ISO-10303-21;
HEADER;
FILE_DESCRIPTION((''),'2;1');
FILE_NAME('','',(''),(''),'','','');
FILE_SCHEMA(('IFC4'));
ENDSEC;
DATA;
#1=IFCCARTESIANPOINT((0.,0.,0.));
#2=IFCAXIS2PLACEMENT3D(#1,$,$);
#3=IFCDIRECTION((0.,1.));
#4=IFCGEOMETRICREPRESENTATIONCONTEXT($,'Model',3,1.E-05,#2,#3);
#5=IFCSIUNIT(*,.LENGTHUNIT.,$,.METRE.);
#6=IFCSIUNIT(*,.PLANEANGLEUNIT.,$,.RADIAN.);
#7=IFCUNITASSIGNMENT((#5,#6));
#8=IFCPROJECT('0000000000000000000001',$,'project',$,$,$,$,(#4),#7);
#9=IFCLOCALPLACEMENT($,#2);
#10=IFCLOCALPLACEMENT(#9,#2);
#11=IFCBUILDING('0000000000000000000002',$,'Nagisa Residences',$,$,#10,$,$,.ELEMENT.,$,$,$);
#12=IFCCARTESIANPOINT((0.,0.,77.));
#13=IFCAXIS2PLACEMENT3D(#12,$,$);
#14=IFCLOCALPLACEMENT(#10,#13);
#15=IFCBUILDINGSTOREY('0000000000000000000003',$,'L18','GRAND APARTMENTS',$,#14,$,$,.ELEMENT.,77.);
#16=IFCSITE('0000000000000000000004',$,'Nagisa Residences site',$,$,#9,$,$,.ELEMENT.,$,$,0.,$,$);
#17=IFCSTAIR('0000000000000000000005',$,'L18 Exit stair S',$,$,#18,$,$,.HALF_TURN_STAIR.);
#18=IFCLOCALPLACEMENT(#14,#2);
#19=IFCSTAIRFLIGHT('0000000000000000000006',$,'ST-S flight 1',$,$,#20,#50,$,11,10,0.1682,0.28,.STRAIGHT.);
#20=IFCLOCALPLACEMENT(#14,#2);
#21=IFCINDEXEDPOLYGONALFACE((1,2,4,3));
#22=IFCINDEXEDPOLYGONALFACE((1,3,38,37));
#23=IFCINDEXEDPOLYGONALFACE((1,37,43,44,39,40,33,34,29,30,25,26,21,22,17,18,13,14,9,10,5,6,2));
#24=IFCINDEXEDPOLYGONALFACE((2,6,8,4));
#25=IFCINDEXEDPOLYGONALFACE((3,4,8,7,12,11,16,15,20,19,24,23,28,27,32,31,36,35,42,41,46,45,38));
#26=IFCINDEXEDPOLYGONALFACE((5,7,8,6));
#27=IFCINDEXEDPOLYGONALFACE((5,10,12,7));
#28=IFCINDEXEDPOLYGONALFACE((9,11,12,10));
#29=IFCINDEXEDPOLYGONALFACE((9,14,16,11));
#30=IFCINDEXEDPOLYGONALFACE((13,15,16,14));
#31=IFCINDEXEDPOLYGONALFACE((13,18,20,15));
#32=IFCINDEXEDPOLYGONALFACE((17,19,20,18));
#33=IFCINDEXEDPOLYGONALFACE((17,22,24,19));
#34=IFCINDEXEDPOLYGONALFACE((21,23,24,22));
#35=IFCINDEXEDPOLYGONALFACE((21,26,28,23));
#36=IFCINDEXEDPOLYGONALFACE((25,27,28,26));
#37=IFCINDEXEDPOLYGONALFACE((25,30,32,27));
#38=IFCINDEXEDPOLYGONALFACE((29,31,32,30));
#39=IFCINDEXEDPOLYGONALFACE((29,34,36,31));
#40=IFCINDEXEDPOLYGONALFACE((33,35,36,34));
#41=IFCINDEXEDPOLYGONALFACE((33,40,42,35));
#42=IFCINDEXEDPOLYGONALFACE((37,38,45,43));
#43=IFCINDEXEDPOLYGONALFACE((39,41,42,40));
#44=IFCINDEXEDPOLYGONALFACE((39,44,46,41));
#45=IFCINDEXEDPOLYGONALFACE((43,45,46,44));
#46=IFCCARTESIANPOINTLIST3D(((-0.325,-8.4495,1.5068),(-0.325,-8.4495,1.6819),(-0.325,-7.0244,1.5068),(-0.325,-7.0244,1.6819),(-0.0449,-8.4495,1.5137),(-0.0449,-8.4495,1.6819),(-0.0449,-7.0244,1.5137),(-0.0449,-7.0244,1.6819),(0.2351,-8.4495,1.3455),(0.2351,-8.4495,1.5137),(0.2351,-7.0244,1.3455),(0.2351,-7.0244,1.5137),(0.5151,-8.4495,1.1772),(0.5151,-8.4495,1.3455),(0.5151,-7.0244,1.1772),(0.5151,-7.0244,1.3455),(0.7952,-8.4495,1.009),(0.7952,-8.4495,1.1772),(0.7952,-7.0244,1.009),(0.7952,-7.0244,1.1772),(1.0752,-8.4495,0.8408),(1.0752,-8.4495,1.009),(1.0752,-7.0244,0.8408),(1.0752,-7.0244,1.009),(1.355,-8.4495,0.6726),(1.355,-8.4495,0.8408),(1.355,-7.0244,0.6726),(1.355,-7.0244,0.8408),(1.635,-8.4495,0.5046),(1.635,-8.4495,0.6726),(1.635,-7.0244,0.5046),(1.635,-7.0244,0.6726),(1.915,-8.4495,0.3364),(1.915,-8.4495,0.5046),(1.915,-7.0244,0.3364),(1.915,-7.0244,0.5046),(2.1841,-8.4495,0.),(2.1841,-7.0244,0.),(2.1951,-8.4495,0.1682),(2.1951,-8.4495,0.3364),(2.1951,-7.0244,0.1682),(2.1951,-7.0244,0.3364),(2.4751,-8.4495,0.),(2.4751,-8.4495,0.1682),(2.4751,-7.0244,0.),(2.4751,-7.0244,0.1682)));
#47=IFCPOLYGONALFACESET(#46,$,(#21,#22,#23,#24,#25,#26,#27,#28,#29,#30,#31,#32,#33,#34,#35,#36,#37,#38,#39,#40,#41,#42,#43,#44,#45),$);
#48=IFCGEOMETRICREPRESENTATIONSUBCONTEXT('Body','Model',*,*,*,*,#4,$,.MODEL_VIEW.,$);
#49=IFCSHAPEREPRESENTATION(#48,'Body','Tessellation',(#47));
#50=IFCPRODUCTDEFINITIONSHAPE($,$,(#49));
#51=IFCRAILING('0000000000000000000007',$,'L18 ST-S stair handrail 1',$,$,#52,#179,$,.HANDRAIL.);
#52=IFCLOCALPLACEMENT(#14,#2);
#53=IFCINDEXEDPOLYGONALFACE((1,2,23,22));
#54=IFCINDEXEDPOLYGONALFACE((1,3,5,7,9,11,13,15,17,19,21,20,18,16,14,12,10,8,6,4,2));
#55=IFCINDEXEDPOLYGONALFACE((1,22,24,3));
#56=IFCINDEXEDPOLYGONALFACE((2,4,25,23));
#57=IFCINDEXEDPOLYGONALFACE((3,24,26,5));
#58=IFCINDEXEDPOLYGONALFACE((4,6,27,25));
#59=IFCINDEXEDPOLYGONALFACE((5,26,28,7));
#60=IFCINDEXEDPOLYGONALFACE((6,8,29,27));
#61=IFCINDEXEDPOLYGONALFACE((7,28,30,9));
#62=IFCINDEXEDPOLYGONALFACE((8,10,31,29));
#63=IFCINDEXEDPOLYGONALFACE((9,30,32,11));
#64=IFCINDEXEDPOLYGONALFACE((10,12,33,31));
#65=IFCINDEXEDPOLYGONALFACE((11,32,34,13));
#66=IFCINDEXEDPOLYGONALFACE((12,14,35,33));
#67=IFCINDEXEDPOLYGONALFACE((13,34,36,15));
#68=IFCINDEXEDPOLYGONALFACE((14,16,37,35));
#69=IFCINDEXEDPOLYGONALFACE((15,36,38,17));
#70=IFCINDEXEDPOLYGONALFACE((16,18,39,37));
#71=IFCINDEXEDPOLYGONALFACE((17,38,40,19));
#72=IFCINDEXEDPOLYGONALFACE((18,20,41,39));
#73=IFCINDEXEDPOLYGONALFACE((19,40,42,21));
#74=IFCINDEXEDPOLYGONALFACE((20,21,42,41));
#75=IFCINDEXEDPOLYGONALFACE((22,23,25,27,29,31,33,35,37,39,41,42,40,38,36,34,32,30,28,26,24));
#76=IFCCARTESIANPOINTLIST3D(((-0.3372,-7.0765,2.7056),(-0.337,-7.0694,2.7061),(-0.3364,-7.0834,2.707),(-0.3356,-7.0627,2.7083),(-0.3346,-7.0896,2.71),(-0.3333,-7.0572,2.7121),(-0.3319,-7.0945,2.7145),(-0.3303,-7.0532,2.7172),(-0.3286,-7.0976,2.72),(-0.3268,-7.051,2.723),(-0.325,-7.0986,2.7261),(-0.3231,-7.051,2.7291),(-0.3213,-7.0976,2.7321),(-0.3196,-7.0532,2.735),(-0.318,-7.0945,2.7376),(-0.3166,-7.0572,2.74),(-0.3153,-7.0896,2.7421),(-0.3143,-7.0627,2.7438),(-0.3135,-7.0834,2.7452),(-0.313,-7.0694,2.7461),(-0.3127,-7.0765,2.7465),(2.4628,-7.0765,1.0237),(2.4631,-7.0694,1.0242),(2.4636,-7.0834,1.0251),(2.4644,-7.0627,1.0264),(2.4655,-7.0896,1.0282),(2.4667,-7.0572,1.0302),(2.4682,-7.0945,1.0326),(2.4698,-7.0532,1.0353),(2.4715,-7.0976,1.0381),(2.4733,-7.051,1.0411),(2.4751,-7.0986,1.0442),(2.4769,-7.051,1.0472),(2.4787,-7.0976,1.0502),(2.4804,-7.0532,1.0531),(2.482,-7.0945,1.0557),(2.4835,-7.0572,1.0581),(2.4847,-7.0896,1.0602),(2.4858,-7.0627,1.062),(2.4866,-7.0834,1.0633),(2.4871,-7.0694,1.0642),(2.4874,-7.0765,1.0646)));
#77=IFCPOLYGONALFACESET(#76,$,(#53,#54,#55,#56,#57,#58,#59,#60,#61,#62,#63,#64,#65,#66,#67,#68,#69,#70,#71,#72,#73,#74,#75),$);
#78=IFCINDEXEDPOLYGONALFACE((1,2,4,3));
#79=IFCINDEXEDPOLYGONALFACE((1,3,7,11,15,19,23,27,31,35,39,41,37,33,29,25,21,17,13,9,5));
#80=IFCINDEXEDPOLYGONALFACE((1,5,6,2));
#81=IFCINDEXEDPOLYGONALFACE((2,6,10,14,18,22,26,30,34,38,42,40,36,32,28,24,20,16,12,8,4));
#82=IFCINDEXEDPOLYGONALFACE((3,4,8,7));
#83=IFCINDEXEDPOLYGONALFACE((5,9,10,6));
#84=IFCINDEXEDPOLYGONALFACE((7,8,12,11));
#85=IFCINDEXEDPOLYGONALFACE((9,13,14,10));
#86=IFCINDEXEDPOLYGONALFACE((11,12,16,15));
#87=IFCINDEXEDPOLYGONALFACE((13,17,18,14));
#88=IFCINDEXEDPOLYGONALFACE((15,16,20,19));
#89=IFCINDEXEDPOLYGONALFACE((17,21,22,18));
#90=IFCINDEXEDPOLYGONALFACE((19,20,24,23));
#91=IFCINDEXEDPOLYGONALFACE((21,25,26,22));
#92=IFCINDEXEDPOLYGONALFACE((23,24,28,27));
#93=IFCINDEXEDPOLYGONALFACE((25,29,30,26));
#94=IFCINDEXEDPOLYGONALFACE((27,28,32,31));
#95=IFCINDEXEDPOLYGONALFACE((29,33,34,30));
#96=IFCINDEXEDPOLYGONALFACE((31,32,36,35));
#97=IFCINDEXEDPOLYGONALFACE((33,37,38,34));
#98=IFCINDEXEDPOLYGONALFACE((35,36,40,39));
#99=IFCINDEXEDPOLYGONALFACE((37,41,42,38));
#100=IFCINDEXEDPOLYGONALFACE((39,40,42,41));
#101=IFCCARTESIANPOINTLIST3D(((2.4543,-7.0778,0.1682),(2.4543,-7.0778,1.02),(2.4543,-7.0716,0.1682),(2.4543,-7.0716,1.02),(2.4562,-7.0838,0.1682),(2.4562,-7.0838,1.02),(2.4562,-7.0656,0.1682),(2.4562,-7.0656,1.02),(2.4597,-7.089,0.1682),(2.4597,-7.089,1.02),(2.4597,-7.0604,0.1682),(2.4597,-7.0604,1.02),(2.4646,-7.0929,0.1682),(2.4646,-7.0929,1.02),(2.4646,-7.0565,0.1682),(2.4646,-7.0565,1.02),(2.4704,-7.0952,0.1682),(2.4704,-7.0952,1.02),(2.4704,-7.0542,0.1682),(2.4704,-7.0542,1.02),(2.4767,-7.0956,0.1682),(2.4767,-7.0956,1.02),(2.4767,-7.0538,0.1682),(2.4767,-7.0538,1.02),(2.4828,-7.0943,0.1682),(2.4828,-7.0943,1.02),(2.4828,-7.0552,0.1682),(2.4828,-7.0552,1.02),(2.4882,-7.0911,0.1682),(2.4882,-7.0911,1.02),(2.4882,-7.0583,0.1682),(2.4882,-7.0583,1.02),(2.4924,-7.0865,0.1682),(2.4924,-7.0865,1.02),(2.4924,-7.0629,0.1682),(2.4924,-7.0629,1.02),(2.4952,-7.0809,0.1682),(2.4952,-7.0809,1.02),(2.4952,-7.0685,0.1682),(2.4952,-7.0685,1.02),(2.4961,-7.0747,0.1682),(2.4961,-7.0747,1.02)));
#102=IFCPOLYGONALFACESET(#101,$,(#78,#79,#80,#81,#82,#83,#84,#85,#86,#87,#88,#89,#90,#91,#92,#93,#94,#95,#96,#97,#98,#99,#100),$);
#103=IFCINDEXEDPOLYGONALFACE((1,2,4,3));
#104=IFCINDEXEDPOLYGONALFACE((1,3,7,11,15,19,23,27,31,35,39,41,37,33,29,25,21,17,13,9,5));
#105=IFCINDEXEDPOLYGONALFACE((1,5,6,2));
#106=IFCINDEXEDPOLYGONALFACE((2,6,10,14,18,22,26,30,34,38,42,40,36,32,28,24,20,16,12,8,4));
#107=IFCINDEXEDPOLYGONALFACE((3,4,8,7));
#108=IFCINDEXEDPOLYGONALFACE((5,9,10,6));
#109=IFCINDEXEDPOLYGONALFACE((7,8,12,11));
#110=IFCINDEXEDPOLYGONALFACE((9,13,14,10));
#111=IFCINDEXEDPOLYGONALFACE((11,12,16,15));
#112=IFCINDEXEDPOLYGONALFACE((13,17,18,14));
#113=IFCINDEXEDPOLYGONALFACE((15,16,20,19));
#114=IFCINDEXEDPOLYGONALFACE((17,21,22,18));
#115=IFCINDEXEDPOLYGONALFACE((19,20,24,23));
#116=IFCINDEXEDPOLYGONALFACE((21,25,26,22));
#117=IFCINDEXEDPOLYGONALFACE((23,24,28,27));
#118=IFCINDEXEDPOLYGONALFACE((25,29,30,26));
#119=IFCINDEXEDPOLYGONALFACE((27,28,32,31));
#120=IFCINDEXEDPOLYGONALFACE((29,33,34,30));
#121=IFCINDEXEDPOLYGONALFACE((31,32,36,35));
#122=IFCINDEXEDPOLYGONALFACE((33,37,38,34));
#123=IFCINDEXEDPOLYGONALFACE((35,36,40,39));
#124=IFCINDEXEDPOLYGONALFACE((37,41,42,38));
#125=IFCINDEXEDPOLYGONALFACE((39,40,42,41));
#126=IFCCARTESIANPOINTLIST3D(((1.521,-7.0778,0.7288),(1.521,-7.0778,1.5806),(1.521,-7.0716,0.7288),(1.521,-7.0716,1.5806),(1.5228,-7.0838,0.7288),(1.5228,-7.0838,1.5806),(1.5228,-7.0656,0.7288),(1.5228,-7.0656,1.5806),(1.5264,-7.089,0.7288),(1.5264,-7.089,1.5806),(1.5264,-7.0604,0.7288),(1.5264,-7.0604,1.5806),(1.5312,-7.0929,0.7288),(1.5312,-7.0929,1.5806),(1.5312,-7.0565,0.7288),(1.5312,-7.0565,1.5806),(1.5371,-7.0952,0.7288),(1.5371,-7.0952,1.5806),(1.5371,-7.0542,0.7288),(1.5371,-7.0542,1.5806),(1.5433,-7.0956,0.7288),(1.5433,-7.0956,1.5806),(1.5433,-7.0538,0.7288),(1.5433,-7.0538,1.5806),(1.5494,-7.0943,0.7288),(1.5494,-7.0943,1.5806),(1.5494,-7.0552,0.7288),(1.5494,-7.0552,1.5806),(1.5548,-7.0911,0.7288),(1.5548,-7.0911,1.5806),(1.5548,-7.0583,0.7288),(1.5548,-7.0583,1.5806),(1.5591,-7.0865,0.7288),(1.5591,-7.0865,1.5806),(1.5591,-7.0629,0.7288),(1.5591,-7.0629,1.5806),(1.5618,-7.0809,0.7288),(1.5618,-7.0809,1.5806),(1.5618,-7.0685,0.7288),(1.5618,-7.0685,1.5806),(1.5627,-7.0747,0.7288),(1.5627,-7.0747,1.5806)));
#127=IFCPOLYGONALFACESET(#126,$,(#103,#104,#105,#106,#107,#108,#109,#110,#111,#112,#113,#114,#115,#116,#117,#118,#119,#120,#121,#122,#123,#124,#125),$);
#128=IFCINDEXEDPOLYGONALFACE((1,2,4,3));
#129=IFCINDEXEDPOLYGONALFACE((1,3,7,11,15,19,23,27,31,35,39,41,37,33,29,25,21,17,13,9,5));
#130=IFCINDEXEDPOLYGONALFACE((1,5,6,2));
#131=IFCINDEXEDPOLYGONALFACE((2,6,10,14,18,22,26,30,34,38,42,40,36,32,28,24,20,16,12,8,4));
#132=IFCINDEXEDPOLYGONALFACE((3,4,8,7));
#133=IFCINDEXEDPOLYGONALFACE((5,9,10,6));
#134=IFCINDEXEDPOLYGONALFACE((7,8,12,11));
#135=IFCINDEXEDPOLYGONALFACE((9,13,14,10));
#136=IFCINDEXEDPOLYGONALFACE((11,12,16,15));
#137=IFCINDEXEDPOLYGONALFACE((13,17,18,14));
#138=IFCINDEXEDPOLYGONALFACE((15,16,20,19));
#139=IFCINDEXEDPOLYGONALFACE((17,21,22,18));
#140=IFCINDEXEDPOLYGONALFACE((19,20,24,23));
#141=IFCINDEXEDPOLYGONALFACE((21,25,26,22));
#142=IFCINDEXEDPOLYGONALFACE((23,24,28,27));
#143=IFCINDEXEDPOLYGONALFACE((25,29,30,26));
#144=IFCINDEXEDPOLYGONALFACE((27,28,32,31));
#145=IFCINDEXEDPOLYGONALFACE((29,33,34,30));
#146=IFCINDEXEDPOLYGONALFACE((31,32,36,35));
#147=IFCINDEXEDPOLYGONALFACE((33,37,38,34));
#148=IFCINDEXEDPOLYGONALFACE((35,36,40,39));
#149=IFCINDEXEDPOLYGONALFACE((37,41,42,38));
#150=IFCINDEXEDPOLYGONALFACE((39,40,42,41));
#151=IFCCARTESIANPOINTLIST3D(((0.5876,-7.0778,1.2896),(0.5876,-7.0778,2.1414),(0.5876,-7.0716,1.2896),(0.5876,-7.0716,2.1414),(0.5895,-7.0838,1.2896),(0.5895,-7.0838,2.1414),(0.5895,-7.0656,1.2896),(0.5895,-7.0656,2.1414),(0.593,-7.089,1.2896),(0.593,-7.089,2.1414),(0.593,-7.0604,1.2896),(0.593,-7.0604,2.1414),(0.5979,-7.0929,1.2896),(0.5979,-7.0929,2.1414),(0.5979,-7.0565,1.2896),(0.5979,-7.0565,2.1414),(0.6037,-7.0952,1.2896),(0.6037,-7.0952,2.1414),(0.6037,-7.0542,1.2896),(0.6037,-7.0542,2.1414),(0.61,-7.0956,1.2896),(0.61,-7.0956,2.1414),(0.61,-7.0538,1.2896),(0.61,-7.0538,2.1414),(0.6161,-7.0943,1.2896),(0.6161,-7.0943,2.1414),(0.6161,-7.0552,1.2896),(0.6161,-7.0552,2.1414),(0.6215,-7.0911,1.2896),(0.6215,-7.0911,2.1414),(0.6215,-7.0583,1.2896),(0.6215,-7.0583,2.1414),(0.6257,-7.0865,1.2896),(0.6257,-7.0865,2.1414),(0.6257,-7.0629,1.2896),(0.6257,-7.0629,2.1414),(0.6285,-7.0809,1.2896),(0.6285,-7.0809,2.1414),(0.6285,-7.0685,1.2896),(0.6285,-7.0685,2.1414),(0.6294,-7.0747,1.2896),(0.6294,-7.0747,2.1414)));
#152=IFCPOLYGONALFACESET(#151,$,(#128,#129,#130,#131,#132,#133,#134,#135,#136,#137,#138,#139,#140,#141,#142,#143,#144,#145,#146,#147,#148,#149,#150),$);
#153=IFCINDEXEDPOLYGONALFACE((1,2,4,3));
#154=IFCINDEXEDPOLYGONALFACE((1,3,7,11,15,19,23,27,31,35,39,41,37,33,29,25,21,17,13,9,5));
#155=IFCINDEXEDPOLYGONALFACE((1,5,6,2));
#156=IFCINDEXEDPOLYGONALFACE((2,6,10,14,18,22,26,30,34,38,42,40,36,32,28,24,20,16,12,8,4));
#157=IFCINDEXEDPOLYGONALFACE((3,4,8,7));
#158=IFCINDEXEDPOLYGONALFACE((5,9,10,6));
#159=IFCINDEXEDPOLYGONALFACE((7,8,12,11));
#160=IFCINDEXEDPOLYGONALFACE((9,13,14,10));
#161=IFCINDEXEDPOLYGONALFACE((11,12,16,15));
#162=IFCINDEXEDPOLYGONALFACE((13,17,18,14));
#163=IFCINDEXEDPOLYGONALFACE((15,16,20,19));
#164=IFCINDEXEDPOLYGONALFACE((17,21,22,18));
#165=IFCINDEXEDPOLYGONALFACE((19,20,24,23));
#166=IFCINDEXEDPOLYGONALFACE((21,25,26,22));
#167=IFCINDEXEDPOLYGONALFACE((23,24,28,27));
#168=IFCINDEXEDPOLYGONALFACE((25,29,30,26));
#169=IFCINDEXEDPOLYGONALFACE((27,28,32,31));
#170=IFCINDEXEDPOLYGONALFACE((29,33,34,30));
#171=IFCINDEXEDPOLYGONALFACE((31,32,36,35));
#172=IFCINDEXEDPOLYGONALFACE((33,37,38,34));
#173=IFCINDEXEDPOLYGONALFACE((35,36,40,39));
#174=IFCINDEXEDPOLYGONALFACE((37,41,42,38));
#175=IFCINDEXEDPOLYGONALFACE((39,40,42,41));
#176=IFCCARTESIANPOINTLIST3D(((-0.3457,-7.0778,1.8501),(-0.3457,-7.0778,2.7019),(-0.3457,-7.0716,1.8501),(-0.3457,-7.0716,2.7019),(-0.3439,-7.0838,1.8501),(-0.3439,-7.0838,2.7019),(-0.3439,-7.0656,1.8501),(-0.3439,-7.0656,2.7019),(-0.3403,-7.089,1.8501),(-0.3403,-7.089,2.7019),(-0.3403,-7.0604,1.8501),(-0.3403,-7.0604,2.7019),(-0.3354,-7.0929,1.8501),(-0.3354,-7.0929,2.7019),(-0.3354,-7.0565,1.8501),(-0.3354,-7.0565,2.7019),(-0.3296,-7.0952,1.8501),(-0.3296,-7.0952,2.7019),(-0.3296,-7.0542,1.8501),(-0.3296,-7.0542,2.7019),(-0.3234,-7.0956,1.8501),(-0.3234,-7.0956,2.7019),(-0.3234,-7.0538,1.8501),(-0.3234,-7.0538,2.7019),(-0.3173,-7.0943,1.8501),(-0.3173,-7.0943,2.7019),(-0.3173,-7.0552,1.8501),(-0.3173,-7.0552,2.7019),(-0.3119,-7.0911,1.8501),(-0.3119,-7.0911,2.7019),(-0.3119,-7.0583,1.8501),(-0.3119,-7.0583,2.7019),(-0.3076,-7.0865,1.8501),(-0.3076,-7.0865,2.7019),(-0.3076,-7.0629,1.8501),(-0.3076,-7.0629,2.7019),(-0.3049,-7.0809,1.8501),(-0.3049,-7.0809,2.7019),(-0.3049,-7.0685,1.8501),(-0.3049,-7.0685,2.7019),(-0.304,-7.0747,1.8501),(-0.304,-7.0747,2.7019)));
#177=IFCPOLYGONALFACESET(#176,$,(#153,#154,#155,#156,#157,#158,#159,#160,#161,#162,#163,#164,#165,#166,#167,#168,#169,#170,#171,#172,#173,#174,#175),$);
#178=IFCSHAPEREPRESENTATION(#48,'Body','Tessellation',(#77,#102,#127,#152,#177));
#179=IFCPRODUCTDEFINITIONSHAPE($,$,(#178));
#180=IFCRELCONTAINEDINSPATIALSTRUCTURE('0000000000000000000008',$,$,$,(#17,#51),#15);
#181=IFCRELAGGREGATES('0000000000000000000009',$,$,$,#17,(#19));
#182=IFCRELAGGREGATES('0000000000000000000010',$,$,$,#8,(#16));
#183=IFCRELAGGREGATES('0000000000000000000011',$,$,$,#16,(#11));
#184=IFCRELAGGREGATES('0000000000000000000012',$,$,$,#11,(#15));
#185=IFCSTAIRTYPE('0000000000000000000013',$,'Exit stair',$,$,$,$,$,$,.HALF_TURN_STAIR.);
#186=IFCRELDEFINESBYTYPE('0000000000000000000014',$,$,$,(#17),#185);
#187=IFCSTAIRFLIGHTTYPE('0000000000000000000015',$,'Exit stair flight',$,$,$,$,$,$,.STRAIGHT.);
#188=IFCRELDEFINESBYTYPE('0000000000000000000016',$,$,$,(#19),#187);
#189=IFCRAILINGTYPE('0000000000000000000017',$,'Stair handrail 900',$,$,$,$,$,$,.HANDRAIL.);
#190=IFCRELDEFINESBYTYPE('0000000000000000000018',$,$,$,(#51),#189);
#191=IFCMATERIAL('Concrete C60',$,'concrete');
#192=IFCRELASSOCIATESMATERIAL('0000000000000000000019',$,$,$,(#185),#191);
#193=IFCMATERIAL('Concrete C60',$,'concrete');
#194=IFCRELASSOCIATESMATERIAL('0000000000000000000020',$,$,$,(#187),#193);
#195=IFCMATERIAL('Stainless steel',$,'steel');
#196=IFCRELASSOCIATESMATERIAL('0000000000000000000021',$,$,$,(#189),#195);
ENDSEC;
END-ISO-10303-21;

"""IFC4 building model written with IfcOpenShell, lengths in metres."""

from ifc_helpers import new_model, si_unit, direction, frame, origin, origin_2d, place, context, subcontext, project, spatial, polyline, circle, outline, extrude, material, type_object, element, aggregate, save


model = new_model("IFC4")

# Units and contexts
model_context = context("Model", 3, precision=1e-05, world=origin(), true_north=direction((0.0, 1.0)))
body_context = subcontext(model_context, "Body", "Model", "MODEL_VIEW")
ifc_project = project(units=[si_unit("LENGTHUNIT", "METRE"), si_unit("PLANEANGLEUNIT", "RADIAN")], contexts=[model_context])

# Site, building, storey
site_placement = place(None, origin())
site = spatial("IfcSite", under=ifc_project, at=site_placement, Name="Nagisa Residences site", CompositionType="ELEMENT", RefElevation=0.0)
building_placement = place(site_placement, origin())
building = spatial("IfcBuilding", under=site, at=building_placement, Name="Nagisa Residences", CompositionType="ELEMENT")
storey_placement = place(building_placement, frame((0.0, 0.0, 77.0)))
storey = spatial("IfcBuildingStorey", under=building, at=storey_placement, Name="L18", Description="GRAND APARTMENTS", CompositionType="ELEMENT", Elevation=77.0)

# Stair, stair flight
ifc_material_1 = material(Name="Concrete C60", Category="concrete")
stair_type = type_object("IfcStairType", Name="Exit stair", PredefinedType="HALF_TURN_STAIR", material=ifc_material_1)
stair_placement = place(storey_placement, origin())
stair = element("IfcStair", 1, at=stair_placement, inside=storey, type_object=stair_type, Name="L18 Exit stair S", PredefinedType="HALF_TURN_STAIR")
ifc_material_2 = material(Name="Concrete C60", Category="concrete")
stair_flight_type = type_object("IfcStairFlightType", Name="Exit stair flight", PredefinedType="STRAIGHT", material=ifc_material_2)
stair_flight_placement = place(storey_placement, frame((2.4751, -7.7371, 0.0), z_axis=(0.0, 0.0, 1.0), x_axis=(-1.0, 0.0, 0.0)))
stair_flight = element("IfcStairFlight", 2, at=stair_flight_placement, type_object=stair_flight_type, Name="ST-S flight 1", NumberOfRisers=11, NumberOfTreads=10, PredefinedType="STRAIGHT", RiserHeight=0.1682, TreadLength=0.28, context=body_context, shape_type="SweptSolid", body=[
    extrude(outline(polyline([(0.0, 0.0), (0.0, 0.1682), (0.28, 0.1682), (0.28, 0.3364), (0.5601, 0.3364), (0.5601, 0.5046), (0.8401, 0.5046), (0.8401, 0.6726), (1.1201, 0.6726), (1.1201, 0.8408), (1.3999, 0.8408), (1.3999, 1.009), (1.6799, 1.009), (1.6799, 1.1772), (1.96, 1.1772), (1.96, 1.3455), (2.24, 1.3455), (2.24, 1.5137), (2.52, 1.5137), (2.52, 1.6819), (2.8, 1.6819), (2.8, 1.8501), (2.8, 1.5068), (0.291, 0.0), (0.0, 0.0)])), frame((0.0, 0.7124, 0.0), z_axis=(0.0, -1.0, 0.0), x_axis=(1.0, 0.0, 0.0)), (0.0, 0.0, 1.0), 1.425),
])
aggregate(stair, [stair_flight])

# Railing
ifc_material_3 = material(Name="Stainless steel", Category="steel")
railing_type_1 = type_object("IfcRailingType", Name="Stair handrail 900", PredefinedType="HANDRAIL", material=ifc_material_3)
railing_1_placement = place(storey_placement, frame((2.4751, -7.0747, 0.1682)))
element("IfcRailing", 3, at=railing_1_placement, inside=storey, type_object=railing_type_1, Name="L18 ST-S stair handrail 1", PredefinedType="HANDRAIL", context=body_context, shape_type="SweptSolid", body=[
    extrude(circle(Radius=0.0239, at=origin_2d()), frame((0.0, 0.0, 0.876), z_axis=(-0.857242, 0.0, 0.514913), x_axis=(0.0, -1.0, 0.0)), (0.0, 0.0, 1.0), 3.2664),
    extrude(circle(Radius=0.021, at=origin_2d()), origin(), (0.0, 0.0, 1.0), 0.8518),
    extrude(circle(Radius=0.021, at=origin_2d()), frame((-0.9333, 0.0, 0.5605)), (0.0, 0.0, 1.0), 0.8518),
    extrude(circle(Radius=0.021, at=origin_2d()), frame((-1.8667, 0.0, 1.1213)), (0.0, 0.0, 1.0), 0.8518),
    extrude(circle(Radius=0.021, at=origin_2d()), frame((-2.8, 0.0, 1.6819)), (0.0, 0.0, 1.0), 0.8518),
])

save(model, "model.ifc")
